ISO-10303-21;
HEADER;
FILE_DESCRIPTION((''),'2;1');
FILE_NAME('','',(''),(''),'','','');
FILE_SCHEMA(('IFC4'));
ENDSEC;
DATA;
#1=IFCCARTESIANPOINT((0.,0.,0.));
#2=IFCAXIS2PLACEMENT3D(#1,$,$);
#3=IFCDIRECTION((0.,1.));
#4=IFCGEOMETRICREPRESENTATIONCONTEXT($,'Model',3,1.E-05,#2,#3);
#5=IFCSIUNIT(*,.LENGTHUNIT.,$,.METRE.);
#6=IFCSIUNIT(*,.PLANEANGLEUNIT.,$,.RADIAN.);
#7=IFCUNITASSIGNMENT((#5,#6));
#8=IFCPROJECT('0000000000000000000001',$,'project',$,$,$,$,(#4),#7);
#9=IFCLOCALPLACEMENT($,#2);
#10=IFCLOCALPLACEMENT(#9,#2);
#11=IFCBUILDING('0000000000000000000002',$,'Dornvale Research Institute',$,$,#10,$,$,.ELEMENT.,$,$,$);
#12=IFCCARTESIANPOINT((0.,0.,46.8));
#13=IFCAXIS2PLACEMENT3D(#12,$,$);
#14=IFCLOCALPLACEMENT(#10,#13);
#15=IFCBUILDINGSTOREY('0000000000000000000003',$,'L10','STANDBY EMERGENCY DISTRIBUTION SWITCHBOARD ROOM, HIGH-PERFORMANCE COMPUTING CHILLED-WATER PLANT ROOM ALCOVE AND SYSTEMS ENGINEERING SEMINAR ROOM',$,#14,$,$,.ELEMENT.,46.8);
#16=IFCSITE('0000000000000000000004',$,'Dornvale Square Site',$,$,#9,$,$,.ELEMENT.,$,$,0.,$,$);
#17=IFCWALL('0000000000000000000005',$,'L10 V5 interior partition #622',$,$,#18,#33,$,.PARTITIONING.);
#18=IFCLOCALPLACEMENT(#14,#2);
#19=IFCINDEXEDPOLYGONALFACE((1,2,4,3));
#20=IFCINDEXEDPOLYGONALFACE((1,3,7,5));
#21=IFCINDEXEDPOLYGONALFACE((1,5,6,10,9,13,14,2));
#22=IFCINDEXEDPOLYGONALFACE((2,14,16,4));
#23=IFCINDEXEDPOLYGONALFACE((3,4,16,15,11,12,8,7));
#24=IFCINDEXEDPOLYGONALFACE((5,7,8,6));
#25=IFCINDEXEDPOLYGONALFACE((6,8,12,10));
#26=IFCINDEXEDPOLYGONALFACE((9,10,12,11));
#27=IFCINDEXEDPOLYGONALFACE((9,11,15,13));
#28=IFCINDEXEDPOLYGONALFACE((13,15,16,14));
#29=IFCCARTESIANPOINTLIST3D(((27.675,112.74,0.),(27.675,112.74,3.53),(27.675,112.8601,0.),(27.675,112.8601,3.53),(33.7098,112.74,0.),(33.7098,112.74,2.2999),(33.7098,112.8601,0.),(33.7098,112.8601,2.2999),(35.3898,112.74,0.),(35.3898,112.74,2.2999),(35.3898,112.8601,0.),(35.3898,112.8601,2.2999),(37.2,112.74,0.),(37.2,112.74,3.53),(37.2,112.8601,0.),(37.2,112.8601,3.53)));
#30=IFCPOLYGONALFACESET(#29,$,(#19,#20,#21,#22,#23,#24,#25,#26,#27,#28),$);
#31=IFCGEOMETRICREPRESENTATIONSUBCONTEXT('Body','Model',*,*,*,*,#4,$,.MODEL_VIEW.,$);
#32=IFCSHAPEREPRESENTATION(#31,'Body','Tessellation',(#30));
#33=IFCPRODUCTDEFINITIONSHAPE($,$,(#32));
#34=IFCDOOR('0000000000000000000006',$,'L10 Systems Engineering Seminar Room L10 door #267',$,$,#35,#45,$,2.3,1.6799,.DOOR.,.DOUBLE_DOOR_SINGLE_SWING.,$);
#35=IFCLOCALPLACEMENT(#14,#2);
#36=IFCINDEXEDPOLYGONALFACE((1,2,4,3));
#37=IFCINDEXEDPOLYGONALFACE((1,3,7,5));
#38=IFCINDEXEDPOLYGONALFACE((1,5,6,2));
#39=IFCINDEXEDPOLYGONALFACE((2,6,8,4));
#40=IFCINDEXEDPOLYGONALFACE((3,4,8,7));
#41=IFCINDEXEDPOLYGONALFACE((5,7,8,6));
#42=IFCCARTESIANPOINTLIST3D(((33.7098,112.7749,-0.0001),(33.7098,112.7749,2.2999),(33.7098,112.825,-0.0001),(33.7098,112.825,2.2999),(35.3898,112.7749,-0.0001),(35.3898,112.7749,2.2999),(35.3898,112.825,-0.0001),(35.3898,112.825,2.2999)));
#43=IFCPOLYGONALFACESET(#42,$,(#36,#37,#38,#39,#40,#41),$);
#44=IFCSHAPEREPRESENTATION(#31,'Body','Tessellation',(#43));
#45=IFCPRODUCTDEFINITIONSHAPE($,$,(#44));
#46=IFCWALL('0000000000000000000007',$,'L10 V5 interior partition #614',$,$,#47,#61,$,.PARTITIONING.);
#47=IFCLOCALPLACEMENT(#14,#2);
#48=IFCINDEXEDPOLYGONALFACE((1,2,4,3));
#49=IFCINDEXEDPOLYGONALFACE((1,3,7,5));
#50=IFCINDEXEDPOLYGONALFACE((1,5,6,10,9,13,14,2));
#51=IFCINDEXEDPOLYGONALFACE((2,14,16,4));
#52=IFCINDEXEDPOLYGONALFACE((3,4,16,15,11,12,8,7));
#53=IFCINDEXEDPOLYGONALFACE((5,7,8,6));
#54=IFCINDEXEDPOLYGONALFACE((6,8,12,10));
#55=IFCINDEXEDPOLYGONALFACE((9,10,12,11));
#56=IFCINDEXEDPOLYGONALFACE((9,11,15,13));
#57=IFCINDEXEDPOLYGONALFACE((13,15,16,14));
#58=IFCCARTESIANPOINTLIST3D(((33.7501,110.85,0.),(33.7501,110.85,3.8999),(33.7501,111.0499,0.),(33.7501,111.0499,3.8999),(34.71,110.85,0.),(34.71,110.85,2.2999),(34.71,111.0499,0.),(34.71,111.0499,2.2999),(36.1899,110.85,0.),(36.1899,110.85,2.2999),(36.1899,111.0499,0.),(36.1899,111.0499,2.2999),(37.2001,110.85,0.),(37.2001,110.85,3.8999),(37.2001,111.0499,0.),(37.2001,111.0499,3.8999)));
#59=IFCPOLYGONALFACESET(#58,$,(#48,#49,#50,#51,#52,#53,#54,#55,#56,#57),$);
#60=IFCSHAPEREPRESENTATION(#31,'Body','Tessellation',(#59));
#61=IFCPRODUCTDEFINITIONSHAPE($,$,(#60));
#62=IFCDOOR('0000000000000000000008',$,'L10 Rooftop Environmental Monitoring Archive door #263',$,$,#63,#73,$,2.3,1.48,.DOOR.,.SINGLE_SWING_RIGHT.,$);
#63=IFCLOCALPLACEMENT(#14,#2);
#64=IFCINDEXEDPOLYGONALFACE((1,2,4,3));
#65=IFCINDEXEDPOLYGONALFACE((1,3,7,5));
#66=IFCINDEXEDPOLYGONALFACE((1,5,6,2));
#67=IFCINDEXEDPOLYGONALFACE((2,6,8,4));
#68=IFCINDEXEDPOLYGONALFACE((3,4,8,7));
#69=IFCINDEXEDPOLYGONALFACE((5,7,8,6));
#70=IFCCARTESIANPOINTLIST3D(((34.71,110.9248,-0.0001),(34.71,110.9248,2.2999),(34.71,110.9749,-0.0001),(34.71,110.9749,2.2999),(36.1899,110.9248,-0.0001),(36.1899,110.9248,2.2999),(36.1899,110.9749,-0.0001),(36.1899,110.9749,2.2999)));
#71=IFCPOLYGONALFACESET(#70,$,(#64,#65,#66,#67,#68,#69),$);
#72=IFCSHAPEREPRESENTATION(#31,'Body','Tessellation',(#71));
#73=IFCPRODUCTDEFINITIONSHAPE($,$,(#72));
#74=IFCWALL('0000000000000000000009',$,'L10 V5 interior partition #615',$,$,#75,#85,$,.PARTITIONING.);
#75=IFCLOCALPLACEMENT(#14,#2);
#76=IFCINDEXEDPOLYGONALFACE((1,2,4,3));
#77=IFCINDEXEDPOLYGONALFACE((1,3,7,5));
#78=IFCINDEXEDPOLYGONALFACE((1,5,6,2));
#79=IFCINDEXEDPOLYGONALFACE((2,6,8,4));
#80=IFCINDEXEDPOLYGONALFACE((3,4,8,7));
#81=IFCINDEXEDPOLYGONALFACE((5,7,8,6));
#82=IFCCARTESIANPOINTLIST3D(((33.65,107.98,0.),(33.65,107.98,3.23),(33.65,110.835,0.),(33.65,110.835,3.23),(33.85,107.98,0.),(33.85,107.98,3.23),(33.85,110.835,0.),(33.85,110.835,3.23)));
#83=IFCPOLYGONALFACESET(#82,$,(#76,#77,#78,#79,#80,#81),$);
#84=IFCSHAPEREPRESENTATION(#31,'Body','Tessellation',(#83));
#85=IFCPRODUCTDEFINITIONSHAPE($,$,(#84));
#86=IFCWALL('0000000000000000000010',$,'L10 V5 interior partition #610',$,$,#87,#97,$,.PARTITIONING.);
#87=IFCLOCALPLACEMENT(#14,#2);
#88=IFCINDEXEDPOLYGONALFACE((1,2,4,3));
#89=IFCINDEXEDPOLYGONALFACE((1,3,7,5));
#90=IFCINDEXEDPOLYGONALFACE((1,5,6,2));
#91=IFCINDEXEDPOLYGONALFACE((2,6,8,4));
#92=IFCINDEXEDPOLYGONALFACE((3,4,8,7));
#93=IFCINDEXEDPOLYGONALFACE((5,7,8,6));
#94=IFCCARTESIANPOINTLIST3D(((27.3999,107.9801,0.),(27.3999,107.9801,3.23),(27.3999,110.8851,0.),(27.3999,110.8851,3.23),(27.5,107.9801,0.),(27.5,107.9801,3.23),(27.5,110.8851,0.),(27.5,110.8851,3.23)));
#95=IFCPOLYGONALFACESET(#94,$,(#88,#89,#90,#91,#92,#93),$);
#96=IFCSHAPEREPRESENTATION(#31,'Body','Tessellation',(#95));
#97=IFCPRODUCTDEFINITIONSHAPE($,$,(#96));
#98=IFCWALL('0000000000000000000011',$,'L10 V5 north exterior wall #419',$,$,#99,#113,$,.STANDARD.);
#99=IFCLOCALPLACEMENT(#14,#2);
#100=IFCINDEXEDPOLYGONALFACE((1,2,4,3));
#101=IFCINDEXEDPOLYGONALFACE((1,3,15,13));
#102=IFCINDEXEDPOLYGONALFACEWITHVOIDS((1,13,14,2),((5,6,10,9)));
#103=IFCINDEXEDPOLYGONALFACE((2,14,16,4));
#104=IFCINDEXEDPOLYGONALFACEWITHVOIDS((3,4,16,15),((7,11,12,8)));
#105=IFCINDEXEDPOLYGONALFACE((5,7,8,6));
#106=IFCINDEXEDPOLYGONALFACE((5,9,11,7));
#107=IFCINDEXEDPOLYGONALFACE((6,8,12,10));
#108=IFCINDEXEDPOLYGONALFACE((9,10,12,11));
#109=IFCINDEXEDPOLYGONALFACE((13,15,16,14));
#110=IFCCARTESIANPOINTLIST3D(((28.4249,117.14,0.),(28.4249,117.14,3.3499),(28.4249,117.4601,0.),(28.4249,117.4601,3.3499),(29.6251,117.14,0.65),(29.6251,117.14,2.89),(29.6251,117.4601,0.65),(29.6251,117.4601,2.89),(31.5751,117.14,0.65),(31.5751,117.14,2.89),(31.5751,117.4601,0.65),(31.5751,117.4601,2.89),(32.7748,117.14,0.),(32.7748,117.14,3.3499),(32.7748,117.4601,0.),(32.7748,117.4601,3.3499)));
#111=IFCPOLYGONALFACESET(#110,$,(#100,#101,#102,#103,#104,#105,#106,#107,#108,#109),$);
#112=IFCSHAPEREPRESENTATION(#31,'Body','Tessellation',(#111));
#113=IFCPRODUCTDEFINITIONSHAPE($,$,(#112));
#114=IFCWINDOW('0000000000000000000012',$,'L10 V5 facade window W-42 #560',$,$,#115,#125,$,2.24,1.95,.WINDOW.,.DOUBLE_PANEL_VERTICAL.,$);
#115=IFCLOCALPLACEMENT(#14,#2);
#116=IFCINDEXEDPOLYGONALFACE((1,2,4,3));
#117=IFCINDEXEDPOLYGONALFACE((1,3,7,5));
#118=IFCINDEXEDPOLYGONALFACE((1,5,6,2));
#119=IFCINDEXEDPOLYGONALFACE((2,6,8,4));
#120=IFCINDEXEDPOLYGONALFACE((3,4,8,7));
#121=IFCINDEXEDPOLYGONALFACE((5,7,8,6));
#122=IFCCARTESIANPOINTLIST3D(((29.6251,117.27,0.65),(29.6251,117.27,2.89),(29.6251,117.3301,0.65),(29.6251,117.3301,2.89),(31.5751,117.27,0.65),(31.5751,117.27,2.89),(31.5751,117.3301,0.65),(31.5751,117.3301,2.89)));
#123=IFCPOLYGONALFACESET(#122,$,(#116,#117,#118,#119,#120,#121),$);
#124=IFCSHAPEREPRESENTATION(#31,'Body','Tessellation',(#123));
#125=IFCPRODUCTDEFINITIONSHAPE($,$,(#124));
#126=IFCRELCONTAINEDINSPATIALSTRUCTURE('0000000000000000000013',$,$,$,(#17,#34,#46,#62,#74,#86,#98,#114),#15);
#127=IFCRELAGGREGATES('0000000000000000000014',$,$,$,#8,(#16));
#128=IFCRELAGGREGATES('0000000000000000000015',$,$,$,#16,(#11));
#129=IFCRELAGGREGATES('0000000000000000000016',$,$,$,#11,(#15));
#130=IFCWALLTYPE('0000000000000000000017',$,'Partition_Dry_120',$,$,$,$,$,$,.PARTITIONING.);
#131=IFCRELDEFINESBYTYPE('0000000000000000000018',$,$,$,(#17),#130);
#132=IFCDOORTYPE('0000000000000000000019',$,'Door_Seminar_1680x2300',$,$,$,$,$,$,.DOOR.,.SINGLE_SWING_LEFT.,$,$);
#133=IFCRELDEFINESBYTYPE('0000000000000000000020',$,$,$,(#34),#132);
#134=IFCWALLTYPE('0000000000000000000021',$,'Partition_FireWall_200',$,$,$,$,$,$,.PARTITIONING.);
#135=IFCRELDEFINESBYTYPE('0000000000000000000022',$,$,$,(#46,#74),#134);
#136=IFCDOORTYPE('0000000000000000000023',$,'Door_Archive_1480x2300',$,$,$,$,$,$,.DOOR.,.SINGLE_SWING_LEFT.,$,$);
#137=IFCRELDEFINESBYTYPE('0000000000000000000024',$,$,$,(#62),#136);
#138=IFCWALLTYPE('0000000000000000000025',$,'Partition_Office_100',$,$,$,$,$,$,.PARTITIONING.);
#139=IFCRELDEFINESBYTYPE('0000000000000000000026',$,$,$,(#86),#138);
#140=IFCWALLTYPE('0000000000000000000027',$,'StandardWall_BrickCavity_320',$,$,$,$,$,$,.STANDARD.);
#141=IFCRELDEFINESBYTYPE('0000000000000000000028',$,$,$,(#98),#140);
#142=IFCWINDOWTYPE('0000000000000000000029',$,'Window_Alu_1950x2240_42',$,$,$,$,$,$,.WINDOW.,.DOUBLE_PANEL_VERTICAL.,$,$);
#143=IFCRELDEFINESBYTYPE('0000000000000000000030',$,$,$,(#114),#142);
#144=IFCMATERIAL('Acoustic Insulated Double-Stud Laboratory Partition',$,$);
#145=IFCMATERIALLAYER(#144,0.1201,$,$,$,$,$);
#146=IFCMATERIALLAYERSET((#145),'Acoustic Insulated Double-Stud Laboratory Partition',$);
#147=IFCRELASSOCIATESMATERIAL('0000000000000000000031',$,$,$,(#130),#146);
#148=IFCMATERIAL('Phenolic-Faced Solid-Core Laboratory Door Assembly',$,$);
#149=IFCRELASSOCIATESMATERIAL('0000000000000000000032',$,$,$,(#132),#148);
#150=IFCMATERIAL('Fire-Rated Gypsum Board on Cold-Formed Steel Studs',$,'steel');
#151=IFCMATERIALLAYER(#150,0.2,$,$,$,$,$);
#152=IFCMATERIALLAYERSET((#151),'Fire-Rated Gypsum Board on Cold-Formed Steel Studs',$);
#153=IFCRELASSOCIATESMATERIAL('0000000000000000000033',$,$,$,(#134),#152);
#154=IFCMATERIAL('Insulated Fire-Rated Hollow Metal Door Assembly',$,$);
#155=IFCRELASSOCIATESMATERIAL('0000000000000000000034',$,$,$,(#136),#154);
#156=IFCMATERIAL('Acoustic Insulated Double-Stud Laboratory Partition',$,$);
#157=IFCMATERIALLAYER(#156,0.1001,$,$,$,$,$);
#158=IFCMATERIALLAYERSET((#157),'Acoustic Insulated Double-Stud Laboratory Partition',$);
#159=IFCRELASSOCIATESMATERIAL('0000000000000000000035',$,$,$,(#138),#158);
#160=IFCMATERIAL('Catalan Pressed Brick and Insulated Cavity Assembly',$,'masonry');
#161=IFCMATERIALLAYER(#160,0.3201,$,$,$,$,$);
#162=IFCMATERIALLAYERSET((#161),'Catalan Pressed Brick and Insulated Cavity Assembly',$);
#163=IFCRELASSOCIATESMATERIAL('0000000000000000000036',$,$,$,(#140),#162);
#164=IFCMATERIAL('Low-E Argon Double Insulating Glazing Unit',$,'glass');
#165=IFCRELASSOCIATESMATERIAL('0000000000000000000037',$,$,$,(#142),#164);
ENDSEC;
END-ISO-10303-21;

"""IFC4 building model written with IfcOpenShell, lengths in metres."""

from ifc_helpers import new_model, si_unit, direction, frame, frame_2d, origin, place, context, subcontext, project, spatial, rectangle, extrude, material, layer, layer_set, type_object, element, fill, save


model = new_model("IFC4")

# Units and contexts
model_context = context("Model", 3, precision=1e-05, world=origin(), true_north=direction((0.0, 1.0)))
body_context = subcontext(model_context, "Body", "Model", "MODEL_VIEW")
ifc_project = project(units=[si_unit("LENGTHUNIT", "METRE"), si_unit("PLANEANGLEUNIT", "RADIAN")], contexts=[model_context])

# Site, building, storey
site_placement = place(None, origin())
site = spatial("IfcSite", under=ifc_project, at=site_placement, Name="Dornvale Square Site", CompositionType="ELEMENT", RefElevation=0.0)
building_placement = place(site_placement, origin())
building = spatial("IfcBuilding", under=site, at=building_placement, Name="Dornvale Research Institute", CompositionType="ELEMENT")
storey_placement = place(building_placement, frame((0.0, 0.0, 46.8)))
storey = spatial("IfcBuildingStorey", under=building, at=storey_placement, Name="L10", Description="STANDBY EMERGENCY DISTRIBUTION SWITCHBOARD ROOM, HIGH-PERFORMANCE COMPUTING CHILLED-WATER PLANT ROOM ALCOVE AND SYSTEMS ENGINEERING SEMINAR ROOM", CompositionType="ELEMENT", Elevation=46.8)

# Shared definitions
ifc_material_1 = material(Name="Acoustic Insulated Double-Stud Laboratory Partition")
ifc_layer_1 = layer(ifc_material_1, 0.1201)
ifc_layer_set_1 = layer_set([ifc_layer_1], Name="Acoustic Insulated Double-Stud Laboratory Partition")
wall_type_1 = type_object("IfcWallType", Name="Partition_Dry_120", PredefinedType="PARTITIONING", material=ifc_layer_set_1)

# Walls, openings, doors
wall_1_placement = place(storey_placement, frame((27.675, 112.8, 0.0), z_axis=(0.0, 0.0, 1.0), x_axis=(1.0, 0.0, 0.0)))
wall_1 = element("IfcWall", 1, at=wall_1_placement, inside=storey, type_object=wall_type_1, Name="L10 V5 interior partition #622", PredefinedType="PARTITIONING", context=body_context, shape_type="SweptSolid", body=[
    extrude(rectangle(XDim=9.5249, YDim=0.1201, at=frame_2d((4.7625, 0.0))), origin(), (0.0, 0.0, 1.0), 3.53),
])
opening_1_placement = place(wall_1_placement, frame((6.0349, 0.0, 0.0)))
opening_1 = element("IfcOpeningElement", 2, at=opening_1_placement, cuts=wall_1, PredefinedType="OPENING", context=body_context, shape_type="SweptSolid", body=[
    extrude(rectangle(XDim=1.6799, YDim=2.3, at=frame_2d((0.8398, 1.1499))), frame((0.0, 0.075, 0.0), z_axis=(0.0, -1.0, 0.0), x_axis=(1.0, 0.0, 0.0)), (0.0, 0.0, 1.0), 0.1501),
])
ifc_material_2 = material(Name="Phenolic-Faced Solid-Core Laboratory Door Assembly")
door_type_1 = type_object("IfcDoorType", Name="Door_Seminar_1680x2300", OperationType="SINGLE_SWING_LEFT", PredefinedType="DOOR", material=ifc_material_2)
door_1_placement = place(opening_1_placement, origin())
door_1 = element("IfcDoor", 3, at=door_1_placement, inside=storey, type_object=door_type_1, Name="L10 Systems Engineering Seminar Room L10 door #267", OperationType="DOUBLE_DOOR_SINGLE_SWING", OverallHeight=2.3, OverallWidth=1.6799, PredefinedType="DOOR", context=body_context, shape_type="SweptSolid", body=[
    extrude(rectangle(XDim=1.6799, YDim=2.3, at=frame_2d((0.8398, 1.1499))), frame((0.0, 0.0249, 0.0), z_axis=(0.0, -1.0, 0.0), x_axis=(1.0, 0.0, 0.0)), (0.0, 0.0, 1.0), 0.05),
])
fill(opening_1, door_1)
ifc_material_3 = material(Name="Fire-Rated Gypsum Board on Cold-Formed Steel Studs", Category="steel")
ifc_layer_2 = layer(ifc_material_3, 0.2)
ifc_layer_set_2 = layer_set([ifc_layer_2], Name="Fire-Rated Gypsum Board on Cold-Formed Steel Studs")
wall_type_2 = type_object("IfcWallType", Name="Partition_FireWall_200", PredefinedType="PARTITIONING", material=ifc_layer_set_2)
wall_2_placement = place(storey_placement, frame((33.75, 110.95, 0.0), z_axis=(0.0, 0.0, 1.0), x_axis=(1.0, 0.0, 0.0)))
wall_2 = element("IfcWall", 4, at=wall_2_placement, inside=storey, type_object=wall_type_2, Name="L10 V5 interior partition #614", PredefinedType="PARTITIONING", context=body_context, shape_type="SweptSolid", body=[
    extrude(rectangle(XDim=3.45, YDim=0.2, at=frame_2d((1.7251, 0.0))), origin(), (0.0, 0.0, 1.0), 3.8999),
])
opening_2_placement = place(wall_2_placement, frame((0.96, 0.0, 0.0)))
opening_2 = element("IfcOpeningElement", 5, at=opening_2_placement, cuts=wall_2, PredefinedType="OPENING", context=body_context, shape_type="SweptSolid", body=[
    extrude(rectangle(XDim=1.48, YDim=2.3, at=frame_2d((0.74, 1.1499))), frame((0.0, 0.115, 0.0), z_axis=(0.0, -1.0, 0.0), x_axis=(1.0, 0.0, 0.0)), (0.0, 0.0, 1.0), 0.23),
])
ifc_material_4 = material(Name="Insulated Fire-Rated Hollow Metal Door Assembly")
door_type_2 = type_object("IfcDoorType", Name="Door_Archive_1480x2300", OperationType="SINGLE_SWING_LEFT", PredefinedType="DOOR", material=ifc_material_4)
door_2_placement = place(opening_2_placement, origin())
door_2 = element("IfcDoor", 6, at=door_2_placement, inside=storey, type_object=door_type_2, Name="L10 Rooftop Environmental Monitoring Archive door #263", OperationType="SINGLE_SWING_RIGHT", OverallHeight=2.3, OverallWidth=1.48, PredefinedType="DOOR", context=body_context, shape_type="SweptSolid", body=[
    extrude(rectangle(XDim=1.48, YDim=2.3, at=frame_2d((0.74, 1.1499))), frame((0.0, 0.0249, 0.0), z_axis=(0.0, -1.0, 0.0), x_axis=(1.0, 0.0, 0.0)), (0.0, 0.0, 1.0), 0.05),
])
fill(opening_2, door_2)

# Walls
wall_3_placement = place(storey_placement, frame((33.75, 107.98, 0.0), z_axis=(0.0, 0.0, 1.0), x_axis=(0.0, 1.0, 0.0)))
element("IfcWall", 7, at=wall_3_placement, inside=storey, type_object=wall_type_2, Name="L10 V5 interior partition #615", PredefinedType="PARTITIONING", context=body_context, shape_type="SweptSolid", body=[
    extrude(rectangle(XDim=2.855, YDim=0.2, at=frame_2d((1.4275, 0.0))), origin(), (0.0, 0.0, 1.0), 3.23),
])
ifc_material_5 = material(Name="Acoustic Insulated Double-Stud Laboratory Partition")
ifc_layer_3 = layer(ifc_material_5, 0.1001)
ifc_layer_set_3 = layer_set([ifc_layer_3], Name="Acoustic Insulated Double-Stud Laboratory Partition")
wall_type_3 = type_object("IfcWallType", Name="Partition_Office_100", PredefinedType="PARTITIONING", material=ifc_layer_set_3)
wall_4_placement = place(storey_placement, frame((27.45, 107.98, 0.0), z_axis=(0.0, 0.0, 1.0), x_axis=(0.0, 1.0, 0.0)))
element("IfcWall", 8, at=wall_4_placement, inside=storey, type_object=wall_type_3, Name="L10 V5 interior partition #610", PredefinedType="PARTITIONING", context=body_context, shape_type="SweptSolid", body=[
    extrude(rectangle(XDim=2.905, YDim=0.1001, at=frame_2d((1.4526, 0.0))), origin(), (0.0, 0.0, 1.0), 3.23),
])

# Wall, opening, window
ifc_material_6 = material(Name="Catalan Pressed Brick and Insulated Cavity Assembly", Category="masonry")
ifc_layer_4 = layer(ifc_material_6, 0.3201)
ifc_layer_set_4 = layer_set([ifc_layer_4], Name="Catalan Pressed Brick and Insulated Cavity Assembly")
wall_type_4 = type_object("IfcWallType", Name="StandardWall_BrickCavity_320", PredefinedType="STANDARD", material=ifc_layer_set_4)
wall_5_placement = place(storey_placement, frame((28.425, 117.3, 0.0), z_axis=(0.0, 0.0, 1.0), x_axis=(1.0, 0.0, 0.0)))
wall_5 = element("IfcWall", 9, at=wall_5_placement, inside=storey, type_object=wall_type_4, Name="L10 V5 north exterior wall #419", PredefinedType="STANDARD", context=body_context, shape_type="SweptSolid", body=[
    extrude(rectangle(XDim=4.3499, YDim=0.3201, at=frame_2d((2.1748, 0.0))), origin(), (0.0, 0.0, 1.0), 3.3499),
])
opening_3_placement = place(wall_5_placement, frame((1.2, 0.0, 0.6499)))
opening_3 = element("IfcOpeningElement", 10, at=opening_3_placement, cuts=wall_5, PredefinedType="OPENING", context=body_context, shape_type="SweptSolid", body=[
    extrude(rectangle(XDim=1.95, YDim=2.24, at=frame_2d((0.9751, 1.1201))), frame((0.0, 0.175, 0.0), z_axis=(0.0, -1.0, 0.0), x_axis=(1.0, 0.0, 0.0)), (0.0, 0.0, 1.0), 0.3501),
])
ifc_material_7 = material(Name="Low-E Argon Double Insulating Glazing Unit", Category="glass")
window_type = type_object("IfcWindowType", Name="Window_Alu_1950x2240_42", PartitioningType="DOUBLE_PANEL_VERTICAL", PredefinedType="WINDOW", material=ifc_material_7)
window_1_placement = place(opening_3_placement, origin())
window_1 = element("IfcWindow", 11, at=window_1_placement, inside=storey, type_object=window_type, Name="L10 V5 facade window W-42 #560", OverallHeight=2.24, OverallWidth=1.95, PartitioningType="DOUBLE_PANEL_VERTICAL", PredefinedType="WINDOW", context=body_context, shape_type="SweptSolid", body=[
    extrude(rectangle(XDim=1.95, YDim=2.24, at=frame_2d((0.9751, 1.1201))), frame((0.0, 0.03, 0.0), z_axis=(0.0, -1.0, 0.0), x_axis=(1.0, 0.0, 0.0)), (0.0, 0.0, 1.0), 0.0601),
])
fill(opening_3, window_1)

save(model, "model.ifc")
